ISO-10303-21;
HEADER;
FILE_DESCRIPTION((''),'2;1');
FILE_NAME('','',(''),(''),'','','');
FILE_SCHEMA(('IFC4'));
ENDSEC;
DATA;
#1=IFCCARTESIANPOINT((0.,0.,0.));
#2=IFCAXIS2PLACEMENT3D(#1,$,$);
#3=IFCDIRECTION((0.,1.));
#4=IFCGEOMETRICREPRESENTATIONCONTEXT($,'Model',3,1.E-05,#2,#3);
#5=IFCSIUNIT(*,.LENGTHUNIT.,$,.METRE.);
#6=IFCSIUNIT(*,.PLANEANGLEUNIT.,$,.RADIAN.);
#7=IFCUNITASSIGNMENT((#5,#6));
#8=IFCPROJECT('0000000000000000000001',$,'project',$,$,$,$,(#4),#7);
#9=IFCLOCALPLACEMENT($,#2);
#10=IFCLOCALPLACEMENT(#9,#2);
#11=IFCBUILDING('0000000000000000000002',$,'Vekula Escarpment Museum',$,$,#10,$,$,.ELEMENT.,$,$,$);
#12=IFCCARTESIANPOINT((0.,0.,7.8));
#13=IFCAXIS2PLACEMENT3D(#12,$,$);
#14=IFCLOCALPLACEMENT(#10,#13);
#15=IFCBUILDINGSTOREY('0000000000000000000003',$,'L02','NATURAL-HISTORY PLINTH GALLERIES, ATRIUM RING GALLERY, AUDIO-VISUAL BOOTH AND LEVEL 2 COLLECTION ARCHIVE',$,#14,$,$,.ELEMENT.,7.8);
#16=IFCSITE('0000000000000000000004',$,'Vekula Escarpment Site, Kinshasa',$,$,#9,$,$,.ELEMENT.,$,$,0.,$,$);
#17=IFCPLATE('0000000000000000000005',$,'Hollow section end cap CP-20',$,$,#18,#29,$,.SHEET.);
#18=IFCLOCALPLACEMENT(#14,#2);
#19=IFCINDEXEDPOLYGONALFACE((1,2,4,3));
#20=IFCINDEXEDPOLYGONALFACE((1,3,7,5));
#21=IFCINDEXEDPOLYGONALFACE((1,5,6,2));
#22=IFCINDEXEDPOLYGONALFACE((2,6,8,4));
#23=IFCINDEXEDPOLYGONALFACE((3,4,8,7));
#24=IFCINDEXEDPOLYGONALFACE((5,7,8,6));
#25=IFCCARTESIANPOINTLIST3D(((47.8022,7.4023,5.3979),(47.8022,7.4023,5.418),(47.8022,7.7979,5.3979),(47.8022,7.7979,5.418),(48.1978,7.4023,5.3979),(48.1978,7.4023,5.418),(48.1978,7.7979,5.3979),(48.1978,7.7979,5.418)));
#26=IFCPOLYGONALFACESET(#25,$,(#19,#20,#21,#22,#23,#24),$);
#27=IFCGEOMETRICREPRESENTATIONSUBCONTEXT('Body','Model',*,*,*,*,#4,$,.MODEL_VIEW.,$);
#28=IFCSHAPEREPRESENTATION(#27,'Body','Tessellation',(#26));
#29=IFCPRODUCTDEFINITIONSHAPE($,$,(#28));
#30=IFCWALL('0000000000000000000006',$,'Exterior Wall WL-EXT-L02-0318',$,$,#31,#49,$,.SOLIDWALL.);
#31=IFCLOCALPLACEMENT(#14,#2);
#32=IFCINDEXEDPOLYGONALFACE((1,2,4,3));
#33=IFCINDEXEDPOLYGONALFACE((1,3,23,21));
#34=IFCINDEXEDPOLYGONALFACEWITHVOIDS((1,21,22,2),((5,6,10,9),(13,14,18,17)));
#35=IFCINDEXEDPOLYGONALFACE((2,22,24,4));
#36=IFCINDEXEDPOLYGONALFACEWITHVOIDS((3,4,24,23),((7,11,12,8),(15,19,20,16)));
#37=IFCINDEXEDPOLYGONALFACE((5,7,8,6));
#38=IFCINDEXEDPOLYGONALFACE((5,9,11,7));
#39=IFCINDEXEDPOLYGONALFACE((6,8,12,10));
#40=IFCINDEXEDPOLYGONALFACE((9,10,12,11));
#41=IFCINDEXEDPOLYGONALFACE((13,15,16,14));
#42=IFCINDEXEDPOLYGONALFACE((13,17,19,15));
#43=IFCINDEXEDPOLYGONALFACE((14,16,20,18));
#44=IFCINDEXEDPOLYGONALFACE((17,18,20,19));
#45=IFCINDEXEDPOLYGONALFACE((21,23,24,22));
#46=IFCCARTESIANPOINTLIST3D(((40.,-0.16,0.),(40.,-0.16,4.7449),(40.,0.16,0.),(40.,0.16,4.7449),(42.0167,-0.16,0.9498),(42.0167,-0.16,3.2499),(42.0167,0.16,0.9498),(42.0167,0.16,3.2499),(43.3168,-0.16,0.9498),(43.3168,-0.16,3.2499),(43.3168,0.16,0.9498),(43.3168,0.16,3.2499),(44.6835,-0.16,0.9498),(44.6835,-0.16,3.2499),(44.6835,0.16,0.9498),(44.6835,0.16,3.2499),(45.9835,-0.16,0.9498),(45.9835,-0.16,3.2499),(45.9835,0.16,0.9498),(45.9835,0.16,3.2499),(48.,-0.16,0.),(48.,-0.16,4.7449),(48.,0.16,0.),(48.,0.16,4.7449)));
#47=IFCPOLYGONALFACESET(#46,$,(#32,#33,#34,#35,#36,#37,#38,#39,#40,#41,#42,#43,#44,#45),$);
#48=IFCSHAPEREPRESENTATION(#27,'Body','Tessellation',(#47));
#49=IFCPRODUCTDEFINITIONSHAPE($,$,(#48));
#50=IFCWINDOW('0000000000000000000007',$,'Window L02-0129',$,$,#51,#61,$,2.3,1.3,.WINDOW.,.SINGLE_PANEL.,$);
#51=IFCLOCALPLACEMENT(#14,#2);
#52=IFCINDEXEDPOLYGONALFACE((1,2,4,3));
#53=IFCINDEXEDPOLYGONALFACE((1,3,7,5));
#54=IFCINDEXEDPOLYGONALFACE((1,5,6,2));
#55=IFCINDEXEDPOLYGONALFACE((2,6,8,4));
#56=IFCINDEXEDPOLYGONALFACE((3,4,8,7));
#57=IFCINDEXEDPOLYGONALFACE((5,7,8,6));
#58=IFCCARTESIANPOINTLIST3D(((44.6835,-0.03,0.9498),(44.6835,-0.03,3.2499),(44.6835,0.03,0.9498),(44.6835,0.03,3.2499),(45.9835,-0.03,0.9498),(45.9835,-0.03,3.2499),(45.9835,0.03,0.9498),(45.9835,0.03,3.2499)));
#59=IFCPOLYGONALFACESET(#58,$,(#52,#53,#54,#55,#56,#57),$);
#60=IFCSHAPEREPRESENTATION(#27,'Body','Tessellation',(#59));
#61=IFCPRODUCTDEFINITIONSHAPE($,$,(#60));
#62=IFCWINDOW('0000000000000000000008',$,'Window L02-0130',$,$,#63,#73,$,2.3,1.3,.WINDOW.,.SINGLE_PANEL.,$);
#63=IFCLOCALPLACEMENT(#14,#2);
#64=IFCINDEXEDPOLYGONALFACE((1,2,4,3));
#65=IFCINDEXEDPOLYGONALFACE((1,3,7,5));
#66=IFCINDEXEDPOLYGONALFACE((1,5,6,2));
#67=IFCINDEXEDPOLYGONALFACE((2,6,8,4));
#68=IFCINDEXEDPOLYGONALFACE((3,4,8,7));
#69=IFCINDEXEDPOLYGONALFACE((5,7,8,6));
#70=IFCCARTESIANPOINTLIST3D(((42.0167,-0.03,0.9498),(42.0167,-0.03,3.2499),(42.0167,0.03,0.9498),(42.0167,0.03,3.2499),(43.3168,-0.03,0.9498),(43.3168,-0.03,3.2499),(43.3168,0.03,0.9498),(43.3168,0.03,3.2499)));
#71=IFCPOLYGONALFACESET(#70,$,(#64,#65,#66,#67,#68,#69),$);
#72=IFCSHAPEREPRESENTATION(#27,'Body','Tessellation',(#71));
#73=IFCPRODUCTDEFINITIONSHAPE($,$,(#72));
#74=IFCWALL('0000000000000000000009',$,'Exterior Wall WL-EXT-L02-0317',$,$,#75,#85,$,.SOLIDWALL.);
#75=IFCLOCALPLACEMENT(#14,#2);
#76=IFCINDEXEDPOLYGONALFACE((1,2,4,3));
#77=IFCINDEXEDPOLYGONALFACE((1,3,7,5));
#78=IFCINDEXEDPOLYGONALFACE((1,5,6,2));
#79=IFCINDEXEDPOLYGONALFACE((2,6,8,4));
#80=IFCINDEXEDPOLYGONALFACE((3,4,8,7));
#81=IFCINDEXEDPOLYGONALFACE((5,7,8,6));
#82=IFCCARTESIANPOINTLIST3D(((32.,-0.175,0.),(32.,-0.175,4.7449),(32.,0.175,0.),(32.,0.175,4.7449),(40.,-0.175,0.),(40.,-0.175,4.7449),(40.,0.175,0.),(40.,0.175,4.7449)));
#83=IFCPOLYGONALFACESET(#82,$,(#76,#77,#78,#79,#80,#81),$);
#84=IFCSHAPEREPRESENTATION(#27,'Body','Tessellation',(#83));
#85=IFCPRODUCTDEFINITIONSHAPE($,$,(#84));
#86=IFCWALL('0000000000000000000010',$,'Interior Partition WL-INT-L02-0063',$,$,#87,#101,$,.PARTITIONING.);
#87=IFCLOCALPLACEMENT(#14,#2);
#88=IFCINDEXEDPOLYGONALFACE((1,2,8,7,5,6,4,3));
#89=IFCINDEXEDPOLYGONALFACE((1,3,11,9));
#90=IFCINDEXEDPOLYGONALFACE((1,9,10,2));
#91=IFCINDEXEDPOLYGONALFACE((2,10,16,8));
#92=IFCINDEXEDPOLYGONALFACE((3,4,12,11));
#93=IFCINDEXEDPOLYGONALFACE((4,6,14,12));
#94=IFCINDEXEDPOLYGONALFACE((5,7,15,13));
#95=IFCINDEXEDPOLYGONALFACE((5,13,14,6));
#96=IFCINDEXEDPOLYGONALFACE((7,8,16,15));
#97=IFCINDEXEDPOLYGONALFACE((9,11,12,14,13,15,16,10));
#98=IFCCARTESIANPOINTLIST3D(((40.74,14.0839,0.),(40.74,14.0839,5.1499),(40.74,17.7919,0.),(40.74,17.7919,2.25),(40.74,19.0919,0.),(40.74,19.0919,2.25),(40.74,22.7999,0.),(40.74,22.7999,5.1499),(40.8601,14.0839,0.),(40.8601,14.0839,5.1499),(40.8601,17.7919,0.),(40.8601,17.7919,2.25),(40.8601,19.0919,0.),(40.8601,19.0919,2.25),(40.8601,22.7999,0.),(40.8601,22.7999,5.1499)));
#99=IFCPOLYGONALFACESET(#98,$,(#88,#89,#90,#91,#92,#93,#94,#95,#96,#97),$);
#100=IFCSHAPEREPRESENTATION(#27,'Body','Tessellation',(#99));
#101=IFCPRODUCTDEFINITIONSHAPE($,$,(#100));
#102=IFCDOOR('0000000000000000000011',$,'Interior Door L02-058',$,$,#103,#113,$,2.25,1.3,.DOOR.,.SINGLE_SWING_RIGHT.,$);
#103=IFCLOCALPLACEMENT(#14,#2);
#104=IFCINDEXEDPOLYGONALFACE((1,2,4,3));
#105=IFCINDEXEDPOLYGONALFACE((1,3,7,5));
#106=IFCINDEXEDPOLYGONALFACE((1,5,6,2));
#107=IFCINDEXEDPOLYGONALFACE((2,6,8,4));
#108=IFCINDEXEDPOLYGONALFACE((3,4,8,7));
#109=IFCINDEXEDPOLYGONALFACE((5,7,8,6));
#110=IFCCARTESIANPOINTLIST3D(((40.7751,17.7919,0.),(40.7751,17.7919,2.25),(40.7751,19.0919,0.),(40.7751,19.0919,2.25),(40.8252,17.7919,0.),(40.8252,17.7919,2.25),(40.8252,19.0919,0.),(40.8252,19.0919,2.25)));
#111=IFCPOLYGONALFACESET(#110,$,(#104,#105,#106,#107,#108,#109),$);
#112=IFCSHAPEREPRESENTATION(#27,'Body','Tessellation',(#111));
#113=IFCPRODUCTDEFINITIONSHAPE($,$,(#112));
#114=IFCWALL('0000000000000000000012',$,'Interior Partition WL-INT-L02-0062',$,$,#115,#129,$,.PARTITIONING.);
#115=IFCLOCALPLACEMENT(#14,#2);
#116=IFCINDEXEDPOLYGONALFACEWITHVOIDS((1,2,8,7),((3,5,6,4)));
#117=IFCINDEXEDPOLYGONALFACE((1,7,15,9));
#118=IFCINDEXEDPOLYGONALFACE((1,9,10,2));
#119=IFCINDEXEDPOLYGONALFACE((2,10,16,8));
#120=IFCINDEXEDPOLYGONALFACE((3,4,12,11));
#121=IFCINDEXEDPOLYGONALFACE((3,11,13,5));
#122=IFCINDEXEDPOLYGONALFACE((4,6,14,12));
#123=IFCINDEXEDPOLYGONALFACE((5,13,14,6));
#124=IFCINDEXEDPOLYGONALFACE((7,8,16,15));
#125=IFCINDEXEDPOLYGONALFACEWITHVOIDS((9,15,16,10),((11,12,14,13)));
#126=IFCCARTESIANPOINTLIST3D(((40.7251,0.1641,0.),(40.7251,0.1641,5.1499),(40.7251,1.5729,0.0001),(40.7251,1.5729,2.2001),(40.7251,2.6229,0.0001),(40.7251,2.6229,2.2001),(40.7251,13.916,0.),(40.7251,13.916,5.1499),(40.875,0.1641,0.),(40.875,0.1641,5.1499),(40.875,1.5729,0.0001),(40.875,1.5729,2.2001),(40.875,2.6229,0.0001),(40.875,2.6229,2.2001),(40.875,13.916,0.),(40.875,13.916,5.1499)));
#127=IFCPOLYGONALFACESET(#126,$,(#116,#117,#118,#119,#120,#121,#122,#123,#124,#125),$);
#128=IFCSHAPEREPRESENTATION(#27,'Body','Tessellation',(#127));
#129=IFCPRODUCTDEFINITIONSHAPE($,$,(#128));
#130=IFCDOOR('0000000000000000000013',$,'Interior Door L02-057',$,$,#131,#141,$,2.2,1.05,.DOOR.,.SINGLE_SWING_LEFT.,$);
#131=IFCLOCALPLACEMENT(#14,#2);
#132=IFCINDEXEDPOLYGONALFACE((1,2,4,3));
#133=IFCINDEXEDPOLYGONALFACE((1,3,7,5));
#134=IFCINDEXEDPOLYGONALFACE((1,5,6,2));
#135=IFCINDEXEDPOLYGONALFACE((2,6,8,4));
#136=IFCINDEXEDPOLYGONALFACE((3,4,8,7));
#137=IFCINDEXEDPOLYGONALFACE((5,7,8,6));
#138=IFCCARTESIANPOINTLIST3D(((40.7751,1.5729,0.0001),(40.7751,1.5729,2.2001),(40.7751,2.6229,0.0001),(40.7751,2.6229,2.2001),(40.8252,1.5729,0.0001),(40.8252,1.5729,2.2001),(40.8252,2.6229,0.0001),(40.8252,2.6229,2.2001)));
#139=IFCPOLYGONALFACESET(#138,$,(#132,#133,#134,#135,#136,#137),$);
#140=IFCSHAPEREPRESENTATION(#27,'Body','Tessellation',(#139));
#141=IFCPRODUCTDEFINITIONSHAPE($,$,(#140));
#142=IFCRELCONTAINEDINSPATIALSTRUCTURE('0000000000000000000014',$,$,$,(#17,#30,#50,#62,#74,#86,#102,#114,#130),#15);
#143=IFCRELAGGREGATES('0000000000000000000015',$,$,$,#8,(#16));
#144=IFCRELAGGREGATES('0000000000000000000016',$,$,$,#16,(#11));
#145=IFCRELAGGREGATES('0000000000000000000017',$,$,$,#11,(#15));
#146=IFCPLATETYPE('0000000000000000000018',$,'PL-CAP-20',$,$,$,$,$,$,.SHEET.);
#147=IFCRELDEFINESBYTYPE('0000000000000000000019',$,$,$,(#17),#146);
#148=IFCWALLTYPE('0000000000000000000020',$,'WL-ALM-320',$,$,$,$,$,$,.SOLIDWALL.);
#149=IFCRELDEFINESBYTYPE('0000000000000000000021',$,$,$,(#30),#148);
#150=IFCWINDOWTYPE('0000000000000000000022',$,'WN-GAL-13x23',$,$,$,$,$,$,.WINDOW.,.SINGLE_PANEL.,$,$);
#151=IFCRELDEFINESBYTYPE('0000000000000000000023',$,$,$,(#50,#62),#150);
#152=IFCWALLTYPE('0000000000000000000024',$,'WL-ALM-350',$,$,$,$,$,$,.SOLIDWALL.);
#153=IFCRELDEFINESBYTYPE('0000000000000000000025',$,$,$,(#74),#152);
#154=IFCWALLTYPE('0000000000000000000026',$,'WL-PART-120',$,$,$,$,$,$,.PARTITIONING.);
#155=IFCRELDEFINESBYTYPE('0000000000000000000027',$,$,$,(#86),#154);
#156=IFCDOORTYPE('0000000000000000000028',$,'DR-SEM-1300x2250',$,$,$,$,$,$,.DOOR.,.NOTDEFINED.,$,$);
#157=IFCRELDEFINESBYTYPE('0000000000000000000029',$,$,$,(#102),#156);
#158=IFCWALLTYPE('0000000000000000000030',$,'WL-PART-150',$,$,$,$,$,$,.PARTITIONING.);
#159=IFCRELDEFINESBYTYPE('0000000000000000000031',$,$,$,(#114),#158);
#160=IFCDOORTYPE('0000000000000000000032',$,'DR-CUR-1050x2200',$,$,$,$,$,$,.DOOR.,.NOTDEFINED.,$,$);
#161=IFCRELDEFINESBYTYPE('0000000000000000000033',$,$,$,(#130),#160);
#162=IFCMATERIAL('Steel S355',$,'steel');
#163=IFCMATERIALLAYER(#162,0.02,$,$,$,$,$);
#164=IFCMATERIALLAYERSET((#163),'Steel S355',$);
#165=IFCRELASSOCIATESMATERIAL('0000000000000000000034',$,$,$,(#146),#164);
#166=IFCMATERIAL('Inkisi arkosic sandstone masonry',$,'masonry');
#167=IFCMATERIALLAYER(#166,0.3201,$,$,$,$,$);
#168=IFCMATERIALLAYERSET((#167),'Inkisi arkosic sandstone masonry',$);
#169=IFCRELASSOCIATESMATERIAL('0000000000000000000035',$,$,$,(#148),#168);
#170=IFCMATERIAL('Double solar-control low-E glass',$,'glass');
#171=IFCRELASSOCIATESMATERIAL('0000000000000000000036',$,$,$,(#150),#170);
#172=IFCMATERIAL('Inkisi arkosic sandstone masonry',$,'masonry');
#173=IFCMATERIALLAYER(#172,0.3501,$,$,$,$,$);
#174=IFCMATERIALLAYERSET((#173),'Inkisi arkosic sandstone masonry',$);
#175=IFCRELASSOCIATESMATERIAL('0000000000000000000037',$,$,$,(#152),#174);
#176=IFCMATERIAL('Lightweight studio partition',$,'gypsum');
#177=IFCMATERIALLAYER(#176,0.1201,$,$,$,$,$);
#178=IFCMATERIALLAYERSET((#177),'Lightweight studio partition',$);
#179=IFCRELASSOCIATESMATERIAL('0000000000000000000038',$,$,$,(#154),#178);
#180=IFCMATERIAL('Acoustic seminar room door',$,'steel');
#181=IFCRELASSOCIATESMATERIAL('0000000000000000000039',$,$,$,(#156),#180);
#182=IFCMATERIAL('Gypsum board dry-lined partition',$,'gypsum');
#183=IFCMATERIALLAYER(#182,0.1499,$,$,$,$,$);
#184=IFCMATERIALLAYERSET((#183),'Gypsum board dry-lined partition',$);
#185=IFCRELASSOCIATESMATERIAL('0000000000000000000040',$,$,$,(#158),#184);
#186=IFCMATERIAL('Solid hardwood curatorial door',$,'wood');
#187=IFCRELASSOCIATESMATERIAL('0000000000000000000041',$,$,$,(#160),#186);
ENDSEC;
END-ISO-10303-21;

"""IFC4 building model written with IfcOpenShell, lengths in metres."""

from ifc_helpers import new_model, si_unit, direction, frame, frame_2d, origin, origin_2d, place, context, subcontext, project, spatial, rectangle, extrude, material, layer, layer_set, type_object, element, fill, save


model = new_model("IFC4")

# Units and contexts
model_context = context("Model", 3, precision=1e-05, world=origin(), true_north=direction((0.0, 1.0)))
body_context = subcontext(model_context, "Body", "Model", "MODEL_VIEW")
ifc_project = project(units=[si_unit("LENGTHUNIT", "METRE"), si_unit("PLANEANGLEUNIT", "RADIAN")], contexts=[model_context])

# Site, building, storey
site_placement = place(None, origin())
site = spatial("IfcSite", under=ifc_project, at=site_placement, Name="Vekula Escarpment Site, Kinshasa", CompositionType="ELEMENT", RefElevation=0.0)
building_placement = place(site_placement, origin())
building = spatial("IfcBuilding", under=site, at=building_placement, Name="Vekula Escarpment Museum", CompositionType="ELEMENT")
storey_placement = place(building_placement, frame((0.0, 0.0, 7.8)))
storey = spatial("IfcBuildingStorey", under=building, at=storey_placement, Name="L02", Description="NATURAL-HISTORY PLINTH GALLERIES, ATRIUM RING GALLERY, AUDIO-VISUAL BOOTH AND LEVEL 2 COLLECTION ARCHIVE", CompositionType="ELEMENT", Elevation=7.8)

# Plate
ifc_material_1 = material(Name="Steel S355", Category="steel")
ifc_layer_1 = layer(ifc_material_1, 0.02)
ifc_layer_set_1 = layer_set([ifc_layer_1], Name="Steel S355")
plate_type = type_object("IfcPlateType", Name="PL-CAP-20", PredefinedType="SHEET", material=ifc_layer_set_1)
plate_placement = place(storey_placement, frame((48.0, 7.6001, 5.3979), z_axis=(0.0, 0.0, 1.0), x_axis=(1.0, 0.0, 0.0)))
element("IfcPlate", 1, at=plate_placement, inside=storey, type_object=plate_type, Name="Hollow section end cap CP-20", PredefinedType="SHEET", context=body_context, shape_type="SweptSolid", body=[
    extrude(rectangle(XDim=0.3955, YDim=0.3955, at=origin_2d()), origin(), (0.0, 0.0, 1.0), 0.02),
])

# Wall, openings, windows
ifc_material_2 = material(Name="Inkisi arkosic sandstone masonry", Category="masonry")
ifc_layer_2 = layer(ifc_material_2, 0.3201)
ifc_layer_set_2 = layer_set([ifc_layer_2], Name="Inkisi arkosic sandstone masonry")
wall_type_1 = type_object("IfcWallType", Name="WL-ALM-320", PredefinedType="SOLIDWALL", material=ifc_layer_set_2)
wall_1_placement = place(storey_placement, frame((48.0, 0.0, 0.0), z_axis=(0.0, 0.0, 1.0), x_axis=(-1.0, 0.0, 0.0)))
wall_1 = element("IfcWall", 2, at=wall_1_placement, inside=storey, type_object=wall_type_1, Name="Exterior Wall WL-EXT-L02-0318", PredefinedType="SOLIDWALL", context=body_context, shape_type="SweptSolid", body=[
    extrude(rectangle(XDim=8.0, YDim=0.3201, at=frame_2d((4.0, 0.0))), origin(), (0.0, 0.0, 1.0), 4.7449),
])
opening_1_placement = place(wall_1_placement, frame((2.0166, 0.0, 0.95)))
opening_1 = element("IfcOpeningElement", 3, at=opening_1_placement, cuts=wall_1, PredefinedType="OPENING", context=body_context, shape_type="SweptSolid", body=[
    extrude(rectangle(XDim=1.3, YDim=2.3, at=frame_2d((0.6499, 1.1499))), frame((0.0, 0.1699, 0.0), z_axis=(0.0, -1.0, 0.0), x_axis=(1.0, 0.0, 0.0)), (0.0, 0.0, 1.0), 0.3401),
])
opening_2_placement = place(wall_1_placement, frame((4.6833, 0.0, 0.95)))
opening_2 = element("IfcOpeningElement", 4, at=opening_2_placement, cuts=wall_1, PredefinedType="OPENING", context=body_context, shape_type="SweptSolid", body=[
    extrude(rectangle(XDim=1.3, YDim=2.3, at=frame_2d((0.6499, 1.1499))), frame((0.0, 0.1699, 0.0), z_axis=(0.0, -1.0, 0.0), x_axis=(1.0, 0.0, 0.0)), (0.0, 0.0, 1.0), 0.3401),
])
ifc_material_3 = material(Name="Double solar-control low-E glass", Category="glass")
window_type = type_object("IfcWindowType", Name="WN-GAL-13x23", PartitioningType="SINGLE_PANEL", PredefinedType="WINDOW", material=ifc_material_3)
window_1_placement = place(opening_1_placement, origin())
window_1 = element("IfcWindow", 5, at=window_1_placement, inside=storey, type_object=window_type, Name="Window L02-0129", OverallHeight=2.3, OverallWidth=1.3, PartitioningType="SINGLE_PANEL", PredefinedType="WINDOW", context=body_context, shape_type="SweptSolid", body=[
    extrude(rectangle(XDim=1.3, YDim=2.3, at=frame_2d((0.6499, 1.1499))), frame((0.0, 0.03, 0.0), z_axis=(0.0, -1.0, 0.0), x_axis=(1.0, 0.0, 0.0)), (0.0, 0.0, 1.0), 0.0601),
])
fill(opening_1, window_1)
window_2_placement = place(opening_2_placement, origin())
window_2 = element("IfcWindow", 6, at=window_2_placement, inside=storey, type_object=window_type, Name="Window L02-0130", OverallHeight=2.3, OverallWidth=1.3, PartitioningType="SINGLE_PANEL", PredefinedType="WINDOW", context=body_context, shape_type="SweptSolid", body=[
    extrude(rectangle(XDim=1.3, YDim=2.3, at=frame_2d((0.6499, 1.1499))), frame((0.0, 0.03, 0.0), z_axis=(0.0, -1.0, 0.0), x_axis=(1.0, 0.0, 0.0)), (0.0, 0.0, 1.0), 0.0601),
])
fill(opening_2, window_2)

# Wall
ifc_material_4 = material(Name="Inkisi arkosic sandstone masonry", Category="masonry")
ifc_layer_3 = layer(ifc_material_4, 0.3501)
ifc_layer_set_3 = layer_set([ifc_layer_3], Name="Inkisi arkosic sandstone masonry")
wall_type_2 = type_object("IfcWallType", Name="WL-ALM-350", PredefinedType="SOLIDWALL", material=ifc_layer_set_3)
wall_2_placement = place(storey_placement, frame((40.0, 0.0, 0.0), z_axis=(0.0, 0.0, 1.0), x_axis=(-1.0, 0.0, 0.0)))
element("IfcWall", 7, at=wall_2_placement, inside=storey, type_object=wall_type_2, Name="Exterior Wall WL-EXT-L02-0317", PredefinedType="SOLIDWALL", context=body_context, shape_type="SweptSolid", body=[
    extrude(rectangle(XDim=8.0, YDim=0.3501, at=frame_2d((4.0, 0.0))), origin(), (0.0, 0.0, 1.0), 4.7449),
])

# Walls, openings, doors
ifc_material_5 = material(Name="Lightweight studio partition", Category="gypsum")
ifc_layer_4 = layer(ifc_material_5, 0.1201)
ifc_layer_set_4 = layer_set([ifc_layer_4], Name="Lightweight studio partition")
wall_type_3 = type_object("IfcWallType", Name="WL-PART-120", PredefinedType="PARTITIONING", material=ifc_layer_set_4)
wall_3_placement = place(storey_placement, frame((40.8, 14.084, 0.0), z_axis=(0.0, 0.0, 1.0), x_axis=(0.0, 1.0, 0.0)))
wall_3 = element("IfcWall", 8, at=wall_3_placement, inside=storey, type_object=wall_type_3, Name="Interior Partition WL-INT-L02-0063", PredefinedType="PARTITIONING", context=body_context, shape_type="SweptSolid", body=[
    extrude(rectangle(XDim=8.7161, YDim=0.1201, at=frame_2d((4.3579, 0.0))), origin(), (0.0, 0.0, 1.0), 5.1499),
])
opening_3_placement = place(wall_3_placement, frame((3.708, 0.0, 0.0)))
opening_3 = element("IfcOpeningElement", 9, at=opening_3_placement, cuts=wall_3, PredefinedType="OPENING", context=body_context, shape_type="SweptSolid", body=[
    extrude(rectangle(XDim=1.3, YDim=2.25, at=frame_2d((0.6499, 1.125))), frame((0.0, 0.0701, 0.0), z_axis=(0.0, -1.0, 0.0), x_axis=(1.0, 0.0, 0.0)), (0.0, 0.0, 1.0), 0.1401),
])
ifc_material_6 = material(Name="Acoustic seminar room door", Category="steel")
door_type_1 = type_object("IfcDoorType", Name="DR-SEM-1300x2250", OperationType="NOTDEFINED", PredefinedType="DOOR", material=ifc_material_6)
door_1_placement = place(opening_3_placement, origin())
door_1 = element("IfcDoor", 10, at=door_1_placement, inside=storey, type_object=door_type_1, Name="Interior Door L02-058", OperationType="SINGLE_SWING_RIGHT", OverallHeight=2.25, OverallWidth=1.3, PredefinedType="DOOR", context=body_context, shape_type="SweptSolid", body=[
    extrude(rectangle(XDim=1.3, YDim=2.25, at=frame_2d((0.6499, 1.125))), frame((0.0, 0.0249, 0.0), z_axis=(0.0, -1.0, 0.0), x_axis=(1.0, 0.0, 0.0)), (0.0, 0.0, 1.0), 0.05),
])
fill(opening_3, door_1)
ifc_material_7 = material(Name="Gypsum board dry-lined partition", Category="gypsum")
ifc_layer_5 = layer(ifc_material_7, 0.1499)
ifc_layer_set_5 = layer_set([ifc_layer_5], Name="Gypsum board dry-lined partition")
wall_type_4 = type_object("IfcWallType", Name="WL-PART-150", PredefinedType="PARTITIONING", material=ifc_layer_set_5)
wall_4_placement = place(storey_placement, frame((40.8, 0.1641, 0.0), z_axis=(0.0, 0.0, 1.0), x_axis=(0.0, 1.0, 0.0)))
wall_4 = element("IfcWall", 11, at=wall_4_placement, inside=storey, type_object=wall_type_4, Name="Interior Partition WL-INT-L02-0062", PredefinedType="PARTITIONING", context=body_context, shape_type="SweptSolid", body=[
    extrude(rectangle(XDim=13.752, YDim=0.1499, at=frame_2d((6.876, 0.0))), origin(), (0.0, 0.0, 1.0), 5.1499),
])
opening_4_placement = place(wall_4_placement, frame((1.4089, 0.0, 0.0)))
opening_4 = element("IfcOpeningElement", 12, at=opening_4_placement, cuts=wall_4, PredefinedType="OPENING", context=body_context, shape_type="SweptSolid", body=[
    extrude(rectangle(XDim=1.05, YDim=2.2, at=frame_2d((0.5249, 1.1001))), frame((0.0, 0.085, 0.0), z_axis=(0.0, -1.0, 0.0), x_axis=(1.0, 0.0, 0.0)), (0.0, 0.0, 1.0), 0.1699),
])
ifc_material_8 = material(Name="Solid hardwood curatorial door", Category="wood")
door_type_2 = type_object("IfcDoorType", Name="DR-CUR-1050x2200", OperationType="NOTDEFINED", PredefinedType="DOOR", material=ifc_material_8)
door_2_placement = place(opening_4_placement, origin())
door_2 = element("IfcDoor", 13, at=door_2_placement, inside=storey, type_object=door_type_2, Name="Interior Door L02-057", OperationType="SINGLE_SWING_LEFT", OverallHeight=2.2, OverallWidth=1.05, PredefinedType="DOOR", context=body_context, shape_type="SweptSolid", body=[
    extrude(rectangle(XDim=1.05, YDim=2.2, at=frame_2d((0.5249, 1.1001))), frame((0.0, 0.0249, 0.0), z_axis=(0.0, -1.0, 0.0), x_axis=(1.0, 0.0, 0.0)), (0.0, 0.0, 1.0), 0.05),
])
fill(opening_4, door_2)

save(model, "model.ifc")
